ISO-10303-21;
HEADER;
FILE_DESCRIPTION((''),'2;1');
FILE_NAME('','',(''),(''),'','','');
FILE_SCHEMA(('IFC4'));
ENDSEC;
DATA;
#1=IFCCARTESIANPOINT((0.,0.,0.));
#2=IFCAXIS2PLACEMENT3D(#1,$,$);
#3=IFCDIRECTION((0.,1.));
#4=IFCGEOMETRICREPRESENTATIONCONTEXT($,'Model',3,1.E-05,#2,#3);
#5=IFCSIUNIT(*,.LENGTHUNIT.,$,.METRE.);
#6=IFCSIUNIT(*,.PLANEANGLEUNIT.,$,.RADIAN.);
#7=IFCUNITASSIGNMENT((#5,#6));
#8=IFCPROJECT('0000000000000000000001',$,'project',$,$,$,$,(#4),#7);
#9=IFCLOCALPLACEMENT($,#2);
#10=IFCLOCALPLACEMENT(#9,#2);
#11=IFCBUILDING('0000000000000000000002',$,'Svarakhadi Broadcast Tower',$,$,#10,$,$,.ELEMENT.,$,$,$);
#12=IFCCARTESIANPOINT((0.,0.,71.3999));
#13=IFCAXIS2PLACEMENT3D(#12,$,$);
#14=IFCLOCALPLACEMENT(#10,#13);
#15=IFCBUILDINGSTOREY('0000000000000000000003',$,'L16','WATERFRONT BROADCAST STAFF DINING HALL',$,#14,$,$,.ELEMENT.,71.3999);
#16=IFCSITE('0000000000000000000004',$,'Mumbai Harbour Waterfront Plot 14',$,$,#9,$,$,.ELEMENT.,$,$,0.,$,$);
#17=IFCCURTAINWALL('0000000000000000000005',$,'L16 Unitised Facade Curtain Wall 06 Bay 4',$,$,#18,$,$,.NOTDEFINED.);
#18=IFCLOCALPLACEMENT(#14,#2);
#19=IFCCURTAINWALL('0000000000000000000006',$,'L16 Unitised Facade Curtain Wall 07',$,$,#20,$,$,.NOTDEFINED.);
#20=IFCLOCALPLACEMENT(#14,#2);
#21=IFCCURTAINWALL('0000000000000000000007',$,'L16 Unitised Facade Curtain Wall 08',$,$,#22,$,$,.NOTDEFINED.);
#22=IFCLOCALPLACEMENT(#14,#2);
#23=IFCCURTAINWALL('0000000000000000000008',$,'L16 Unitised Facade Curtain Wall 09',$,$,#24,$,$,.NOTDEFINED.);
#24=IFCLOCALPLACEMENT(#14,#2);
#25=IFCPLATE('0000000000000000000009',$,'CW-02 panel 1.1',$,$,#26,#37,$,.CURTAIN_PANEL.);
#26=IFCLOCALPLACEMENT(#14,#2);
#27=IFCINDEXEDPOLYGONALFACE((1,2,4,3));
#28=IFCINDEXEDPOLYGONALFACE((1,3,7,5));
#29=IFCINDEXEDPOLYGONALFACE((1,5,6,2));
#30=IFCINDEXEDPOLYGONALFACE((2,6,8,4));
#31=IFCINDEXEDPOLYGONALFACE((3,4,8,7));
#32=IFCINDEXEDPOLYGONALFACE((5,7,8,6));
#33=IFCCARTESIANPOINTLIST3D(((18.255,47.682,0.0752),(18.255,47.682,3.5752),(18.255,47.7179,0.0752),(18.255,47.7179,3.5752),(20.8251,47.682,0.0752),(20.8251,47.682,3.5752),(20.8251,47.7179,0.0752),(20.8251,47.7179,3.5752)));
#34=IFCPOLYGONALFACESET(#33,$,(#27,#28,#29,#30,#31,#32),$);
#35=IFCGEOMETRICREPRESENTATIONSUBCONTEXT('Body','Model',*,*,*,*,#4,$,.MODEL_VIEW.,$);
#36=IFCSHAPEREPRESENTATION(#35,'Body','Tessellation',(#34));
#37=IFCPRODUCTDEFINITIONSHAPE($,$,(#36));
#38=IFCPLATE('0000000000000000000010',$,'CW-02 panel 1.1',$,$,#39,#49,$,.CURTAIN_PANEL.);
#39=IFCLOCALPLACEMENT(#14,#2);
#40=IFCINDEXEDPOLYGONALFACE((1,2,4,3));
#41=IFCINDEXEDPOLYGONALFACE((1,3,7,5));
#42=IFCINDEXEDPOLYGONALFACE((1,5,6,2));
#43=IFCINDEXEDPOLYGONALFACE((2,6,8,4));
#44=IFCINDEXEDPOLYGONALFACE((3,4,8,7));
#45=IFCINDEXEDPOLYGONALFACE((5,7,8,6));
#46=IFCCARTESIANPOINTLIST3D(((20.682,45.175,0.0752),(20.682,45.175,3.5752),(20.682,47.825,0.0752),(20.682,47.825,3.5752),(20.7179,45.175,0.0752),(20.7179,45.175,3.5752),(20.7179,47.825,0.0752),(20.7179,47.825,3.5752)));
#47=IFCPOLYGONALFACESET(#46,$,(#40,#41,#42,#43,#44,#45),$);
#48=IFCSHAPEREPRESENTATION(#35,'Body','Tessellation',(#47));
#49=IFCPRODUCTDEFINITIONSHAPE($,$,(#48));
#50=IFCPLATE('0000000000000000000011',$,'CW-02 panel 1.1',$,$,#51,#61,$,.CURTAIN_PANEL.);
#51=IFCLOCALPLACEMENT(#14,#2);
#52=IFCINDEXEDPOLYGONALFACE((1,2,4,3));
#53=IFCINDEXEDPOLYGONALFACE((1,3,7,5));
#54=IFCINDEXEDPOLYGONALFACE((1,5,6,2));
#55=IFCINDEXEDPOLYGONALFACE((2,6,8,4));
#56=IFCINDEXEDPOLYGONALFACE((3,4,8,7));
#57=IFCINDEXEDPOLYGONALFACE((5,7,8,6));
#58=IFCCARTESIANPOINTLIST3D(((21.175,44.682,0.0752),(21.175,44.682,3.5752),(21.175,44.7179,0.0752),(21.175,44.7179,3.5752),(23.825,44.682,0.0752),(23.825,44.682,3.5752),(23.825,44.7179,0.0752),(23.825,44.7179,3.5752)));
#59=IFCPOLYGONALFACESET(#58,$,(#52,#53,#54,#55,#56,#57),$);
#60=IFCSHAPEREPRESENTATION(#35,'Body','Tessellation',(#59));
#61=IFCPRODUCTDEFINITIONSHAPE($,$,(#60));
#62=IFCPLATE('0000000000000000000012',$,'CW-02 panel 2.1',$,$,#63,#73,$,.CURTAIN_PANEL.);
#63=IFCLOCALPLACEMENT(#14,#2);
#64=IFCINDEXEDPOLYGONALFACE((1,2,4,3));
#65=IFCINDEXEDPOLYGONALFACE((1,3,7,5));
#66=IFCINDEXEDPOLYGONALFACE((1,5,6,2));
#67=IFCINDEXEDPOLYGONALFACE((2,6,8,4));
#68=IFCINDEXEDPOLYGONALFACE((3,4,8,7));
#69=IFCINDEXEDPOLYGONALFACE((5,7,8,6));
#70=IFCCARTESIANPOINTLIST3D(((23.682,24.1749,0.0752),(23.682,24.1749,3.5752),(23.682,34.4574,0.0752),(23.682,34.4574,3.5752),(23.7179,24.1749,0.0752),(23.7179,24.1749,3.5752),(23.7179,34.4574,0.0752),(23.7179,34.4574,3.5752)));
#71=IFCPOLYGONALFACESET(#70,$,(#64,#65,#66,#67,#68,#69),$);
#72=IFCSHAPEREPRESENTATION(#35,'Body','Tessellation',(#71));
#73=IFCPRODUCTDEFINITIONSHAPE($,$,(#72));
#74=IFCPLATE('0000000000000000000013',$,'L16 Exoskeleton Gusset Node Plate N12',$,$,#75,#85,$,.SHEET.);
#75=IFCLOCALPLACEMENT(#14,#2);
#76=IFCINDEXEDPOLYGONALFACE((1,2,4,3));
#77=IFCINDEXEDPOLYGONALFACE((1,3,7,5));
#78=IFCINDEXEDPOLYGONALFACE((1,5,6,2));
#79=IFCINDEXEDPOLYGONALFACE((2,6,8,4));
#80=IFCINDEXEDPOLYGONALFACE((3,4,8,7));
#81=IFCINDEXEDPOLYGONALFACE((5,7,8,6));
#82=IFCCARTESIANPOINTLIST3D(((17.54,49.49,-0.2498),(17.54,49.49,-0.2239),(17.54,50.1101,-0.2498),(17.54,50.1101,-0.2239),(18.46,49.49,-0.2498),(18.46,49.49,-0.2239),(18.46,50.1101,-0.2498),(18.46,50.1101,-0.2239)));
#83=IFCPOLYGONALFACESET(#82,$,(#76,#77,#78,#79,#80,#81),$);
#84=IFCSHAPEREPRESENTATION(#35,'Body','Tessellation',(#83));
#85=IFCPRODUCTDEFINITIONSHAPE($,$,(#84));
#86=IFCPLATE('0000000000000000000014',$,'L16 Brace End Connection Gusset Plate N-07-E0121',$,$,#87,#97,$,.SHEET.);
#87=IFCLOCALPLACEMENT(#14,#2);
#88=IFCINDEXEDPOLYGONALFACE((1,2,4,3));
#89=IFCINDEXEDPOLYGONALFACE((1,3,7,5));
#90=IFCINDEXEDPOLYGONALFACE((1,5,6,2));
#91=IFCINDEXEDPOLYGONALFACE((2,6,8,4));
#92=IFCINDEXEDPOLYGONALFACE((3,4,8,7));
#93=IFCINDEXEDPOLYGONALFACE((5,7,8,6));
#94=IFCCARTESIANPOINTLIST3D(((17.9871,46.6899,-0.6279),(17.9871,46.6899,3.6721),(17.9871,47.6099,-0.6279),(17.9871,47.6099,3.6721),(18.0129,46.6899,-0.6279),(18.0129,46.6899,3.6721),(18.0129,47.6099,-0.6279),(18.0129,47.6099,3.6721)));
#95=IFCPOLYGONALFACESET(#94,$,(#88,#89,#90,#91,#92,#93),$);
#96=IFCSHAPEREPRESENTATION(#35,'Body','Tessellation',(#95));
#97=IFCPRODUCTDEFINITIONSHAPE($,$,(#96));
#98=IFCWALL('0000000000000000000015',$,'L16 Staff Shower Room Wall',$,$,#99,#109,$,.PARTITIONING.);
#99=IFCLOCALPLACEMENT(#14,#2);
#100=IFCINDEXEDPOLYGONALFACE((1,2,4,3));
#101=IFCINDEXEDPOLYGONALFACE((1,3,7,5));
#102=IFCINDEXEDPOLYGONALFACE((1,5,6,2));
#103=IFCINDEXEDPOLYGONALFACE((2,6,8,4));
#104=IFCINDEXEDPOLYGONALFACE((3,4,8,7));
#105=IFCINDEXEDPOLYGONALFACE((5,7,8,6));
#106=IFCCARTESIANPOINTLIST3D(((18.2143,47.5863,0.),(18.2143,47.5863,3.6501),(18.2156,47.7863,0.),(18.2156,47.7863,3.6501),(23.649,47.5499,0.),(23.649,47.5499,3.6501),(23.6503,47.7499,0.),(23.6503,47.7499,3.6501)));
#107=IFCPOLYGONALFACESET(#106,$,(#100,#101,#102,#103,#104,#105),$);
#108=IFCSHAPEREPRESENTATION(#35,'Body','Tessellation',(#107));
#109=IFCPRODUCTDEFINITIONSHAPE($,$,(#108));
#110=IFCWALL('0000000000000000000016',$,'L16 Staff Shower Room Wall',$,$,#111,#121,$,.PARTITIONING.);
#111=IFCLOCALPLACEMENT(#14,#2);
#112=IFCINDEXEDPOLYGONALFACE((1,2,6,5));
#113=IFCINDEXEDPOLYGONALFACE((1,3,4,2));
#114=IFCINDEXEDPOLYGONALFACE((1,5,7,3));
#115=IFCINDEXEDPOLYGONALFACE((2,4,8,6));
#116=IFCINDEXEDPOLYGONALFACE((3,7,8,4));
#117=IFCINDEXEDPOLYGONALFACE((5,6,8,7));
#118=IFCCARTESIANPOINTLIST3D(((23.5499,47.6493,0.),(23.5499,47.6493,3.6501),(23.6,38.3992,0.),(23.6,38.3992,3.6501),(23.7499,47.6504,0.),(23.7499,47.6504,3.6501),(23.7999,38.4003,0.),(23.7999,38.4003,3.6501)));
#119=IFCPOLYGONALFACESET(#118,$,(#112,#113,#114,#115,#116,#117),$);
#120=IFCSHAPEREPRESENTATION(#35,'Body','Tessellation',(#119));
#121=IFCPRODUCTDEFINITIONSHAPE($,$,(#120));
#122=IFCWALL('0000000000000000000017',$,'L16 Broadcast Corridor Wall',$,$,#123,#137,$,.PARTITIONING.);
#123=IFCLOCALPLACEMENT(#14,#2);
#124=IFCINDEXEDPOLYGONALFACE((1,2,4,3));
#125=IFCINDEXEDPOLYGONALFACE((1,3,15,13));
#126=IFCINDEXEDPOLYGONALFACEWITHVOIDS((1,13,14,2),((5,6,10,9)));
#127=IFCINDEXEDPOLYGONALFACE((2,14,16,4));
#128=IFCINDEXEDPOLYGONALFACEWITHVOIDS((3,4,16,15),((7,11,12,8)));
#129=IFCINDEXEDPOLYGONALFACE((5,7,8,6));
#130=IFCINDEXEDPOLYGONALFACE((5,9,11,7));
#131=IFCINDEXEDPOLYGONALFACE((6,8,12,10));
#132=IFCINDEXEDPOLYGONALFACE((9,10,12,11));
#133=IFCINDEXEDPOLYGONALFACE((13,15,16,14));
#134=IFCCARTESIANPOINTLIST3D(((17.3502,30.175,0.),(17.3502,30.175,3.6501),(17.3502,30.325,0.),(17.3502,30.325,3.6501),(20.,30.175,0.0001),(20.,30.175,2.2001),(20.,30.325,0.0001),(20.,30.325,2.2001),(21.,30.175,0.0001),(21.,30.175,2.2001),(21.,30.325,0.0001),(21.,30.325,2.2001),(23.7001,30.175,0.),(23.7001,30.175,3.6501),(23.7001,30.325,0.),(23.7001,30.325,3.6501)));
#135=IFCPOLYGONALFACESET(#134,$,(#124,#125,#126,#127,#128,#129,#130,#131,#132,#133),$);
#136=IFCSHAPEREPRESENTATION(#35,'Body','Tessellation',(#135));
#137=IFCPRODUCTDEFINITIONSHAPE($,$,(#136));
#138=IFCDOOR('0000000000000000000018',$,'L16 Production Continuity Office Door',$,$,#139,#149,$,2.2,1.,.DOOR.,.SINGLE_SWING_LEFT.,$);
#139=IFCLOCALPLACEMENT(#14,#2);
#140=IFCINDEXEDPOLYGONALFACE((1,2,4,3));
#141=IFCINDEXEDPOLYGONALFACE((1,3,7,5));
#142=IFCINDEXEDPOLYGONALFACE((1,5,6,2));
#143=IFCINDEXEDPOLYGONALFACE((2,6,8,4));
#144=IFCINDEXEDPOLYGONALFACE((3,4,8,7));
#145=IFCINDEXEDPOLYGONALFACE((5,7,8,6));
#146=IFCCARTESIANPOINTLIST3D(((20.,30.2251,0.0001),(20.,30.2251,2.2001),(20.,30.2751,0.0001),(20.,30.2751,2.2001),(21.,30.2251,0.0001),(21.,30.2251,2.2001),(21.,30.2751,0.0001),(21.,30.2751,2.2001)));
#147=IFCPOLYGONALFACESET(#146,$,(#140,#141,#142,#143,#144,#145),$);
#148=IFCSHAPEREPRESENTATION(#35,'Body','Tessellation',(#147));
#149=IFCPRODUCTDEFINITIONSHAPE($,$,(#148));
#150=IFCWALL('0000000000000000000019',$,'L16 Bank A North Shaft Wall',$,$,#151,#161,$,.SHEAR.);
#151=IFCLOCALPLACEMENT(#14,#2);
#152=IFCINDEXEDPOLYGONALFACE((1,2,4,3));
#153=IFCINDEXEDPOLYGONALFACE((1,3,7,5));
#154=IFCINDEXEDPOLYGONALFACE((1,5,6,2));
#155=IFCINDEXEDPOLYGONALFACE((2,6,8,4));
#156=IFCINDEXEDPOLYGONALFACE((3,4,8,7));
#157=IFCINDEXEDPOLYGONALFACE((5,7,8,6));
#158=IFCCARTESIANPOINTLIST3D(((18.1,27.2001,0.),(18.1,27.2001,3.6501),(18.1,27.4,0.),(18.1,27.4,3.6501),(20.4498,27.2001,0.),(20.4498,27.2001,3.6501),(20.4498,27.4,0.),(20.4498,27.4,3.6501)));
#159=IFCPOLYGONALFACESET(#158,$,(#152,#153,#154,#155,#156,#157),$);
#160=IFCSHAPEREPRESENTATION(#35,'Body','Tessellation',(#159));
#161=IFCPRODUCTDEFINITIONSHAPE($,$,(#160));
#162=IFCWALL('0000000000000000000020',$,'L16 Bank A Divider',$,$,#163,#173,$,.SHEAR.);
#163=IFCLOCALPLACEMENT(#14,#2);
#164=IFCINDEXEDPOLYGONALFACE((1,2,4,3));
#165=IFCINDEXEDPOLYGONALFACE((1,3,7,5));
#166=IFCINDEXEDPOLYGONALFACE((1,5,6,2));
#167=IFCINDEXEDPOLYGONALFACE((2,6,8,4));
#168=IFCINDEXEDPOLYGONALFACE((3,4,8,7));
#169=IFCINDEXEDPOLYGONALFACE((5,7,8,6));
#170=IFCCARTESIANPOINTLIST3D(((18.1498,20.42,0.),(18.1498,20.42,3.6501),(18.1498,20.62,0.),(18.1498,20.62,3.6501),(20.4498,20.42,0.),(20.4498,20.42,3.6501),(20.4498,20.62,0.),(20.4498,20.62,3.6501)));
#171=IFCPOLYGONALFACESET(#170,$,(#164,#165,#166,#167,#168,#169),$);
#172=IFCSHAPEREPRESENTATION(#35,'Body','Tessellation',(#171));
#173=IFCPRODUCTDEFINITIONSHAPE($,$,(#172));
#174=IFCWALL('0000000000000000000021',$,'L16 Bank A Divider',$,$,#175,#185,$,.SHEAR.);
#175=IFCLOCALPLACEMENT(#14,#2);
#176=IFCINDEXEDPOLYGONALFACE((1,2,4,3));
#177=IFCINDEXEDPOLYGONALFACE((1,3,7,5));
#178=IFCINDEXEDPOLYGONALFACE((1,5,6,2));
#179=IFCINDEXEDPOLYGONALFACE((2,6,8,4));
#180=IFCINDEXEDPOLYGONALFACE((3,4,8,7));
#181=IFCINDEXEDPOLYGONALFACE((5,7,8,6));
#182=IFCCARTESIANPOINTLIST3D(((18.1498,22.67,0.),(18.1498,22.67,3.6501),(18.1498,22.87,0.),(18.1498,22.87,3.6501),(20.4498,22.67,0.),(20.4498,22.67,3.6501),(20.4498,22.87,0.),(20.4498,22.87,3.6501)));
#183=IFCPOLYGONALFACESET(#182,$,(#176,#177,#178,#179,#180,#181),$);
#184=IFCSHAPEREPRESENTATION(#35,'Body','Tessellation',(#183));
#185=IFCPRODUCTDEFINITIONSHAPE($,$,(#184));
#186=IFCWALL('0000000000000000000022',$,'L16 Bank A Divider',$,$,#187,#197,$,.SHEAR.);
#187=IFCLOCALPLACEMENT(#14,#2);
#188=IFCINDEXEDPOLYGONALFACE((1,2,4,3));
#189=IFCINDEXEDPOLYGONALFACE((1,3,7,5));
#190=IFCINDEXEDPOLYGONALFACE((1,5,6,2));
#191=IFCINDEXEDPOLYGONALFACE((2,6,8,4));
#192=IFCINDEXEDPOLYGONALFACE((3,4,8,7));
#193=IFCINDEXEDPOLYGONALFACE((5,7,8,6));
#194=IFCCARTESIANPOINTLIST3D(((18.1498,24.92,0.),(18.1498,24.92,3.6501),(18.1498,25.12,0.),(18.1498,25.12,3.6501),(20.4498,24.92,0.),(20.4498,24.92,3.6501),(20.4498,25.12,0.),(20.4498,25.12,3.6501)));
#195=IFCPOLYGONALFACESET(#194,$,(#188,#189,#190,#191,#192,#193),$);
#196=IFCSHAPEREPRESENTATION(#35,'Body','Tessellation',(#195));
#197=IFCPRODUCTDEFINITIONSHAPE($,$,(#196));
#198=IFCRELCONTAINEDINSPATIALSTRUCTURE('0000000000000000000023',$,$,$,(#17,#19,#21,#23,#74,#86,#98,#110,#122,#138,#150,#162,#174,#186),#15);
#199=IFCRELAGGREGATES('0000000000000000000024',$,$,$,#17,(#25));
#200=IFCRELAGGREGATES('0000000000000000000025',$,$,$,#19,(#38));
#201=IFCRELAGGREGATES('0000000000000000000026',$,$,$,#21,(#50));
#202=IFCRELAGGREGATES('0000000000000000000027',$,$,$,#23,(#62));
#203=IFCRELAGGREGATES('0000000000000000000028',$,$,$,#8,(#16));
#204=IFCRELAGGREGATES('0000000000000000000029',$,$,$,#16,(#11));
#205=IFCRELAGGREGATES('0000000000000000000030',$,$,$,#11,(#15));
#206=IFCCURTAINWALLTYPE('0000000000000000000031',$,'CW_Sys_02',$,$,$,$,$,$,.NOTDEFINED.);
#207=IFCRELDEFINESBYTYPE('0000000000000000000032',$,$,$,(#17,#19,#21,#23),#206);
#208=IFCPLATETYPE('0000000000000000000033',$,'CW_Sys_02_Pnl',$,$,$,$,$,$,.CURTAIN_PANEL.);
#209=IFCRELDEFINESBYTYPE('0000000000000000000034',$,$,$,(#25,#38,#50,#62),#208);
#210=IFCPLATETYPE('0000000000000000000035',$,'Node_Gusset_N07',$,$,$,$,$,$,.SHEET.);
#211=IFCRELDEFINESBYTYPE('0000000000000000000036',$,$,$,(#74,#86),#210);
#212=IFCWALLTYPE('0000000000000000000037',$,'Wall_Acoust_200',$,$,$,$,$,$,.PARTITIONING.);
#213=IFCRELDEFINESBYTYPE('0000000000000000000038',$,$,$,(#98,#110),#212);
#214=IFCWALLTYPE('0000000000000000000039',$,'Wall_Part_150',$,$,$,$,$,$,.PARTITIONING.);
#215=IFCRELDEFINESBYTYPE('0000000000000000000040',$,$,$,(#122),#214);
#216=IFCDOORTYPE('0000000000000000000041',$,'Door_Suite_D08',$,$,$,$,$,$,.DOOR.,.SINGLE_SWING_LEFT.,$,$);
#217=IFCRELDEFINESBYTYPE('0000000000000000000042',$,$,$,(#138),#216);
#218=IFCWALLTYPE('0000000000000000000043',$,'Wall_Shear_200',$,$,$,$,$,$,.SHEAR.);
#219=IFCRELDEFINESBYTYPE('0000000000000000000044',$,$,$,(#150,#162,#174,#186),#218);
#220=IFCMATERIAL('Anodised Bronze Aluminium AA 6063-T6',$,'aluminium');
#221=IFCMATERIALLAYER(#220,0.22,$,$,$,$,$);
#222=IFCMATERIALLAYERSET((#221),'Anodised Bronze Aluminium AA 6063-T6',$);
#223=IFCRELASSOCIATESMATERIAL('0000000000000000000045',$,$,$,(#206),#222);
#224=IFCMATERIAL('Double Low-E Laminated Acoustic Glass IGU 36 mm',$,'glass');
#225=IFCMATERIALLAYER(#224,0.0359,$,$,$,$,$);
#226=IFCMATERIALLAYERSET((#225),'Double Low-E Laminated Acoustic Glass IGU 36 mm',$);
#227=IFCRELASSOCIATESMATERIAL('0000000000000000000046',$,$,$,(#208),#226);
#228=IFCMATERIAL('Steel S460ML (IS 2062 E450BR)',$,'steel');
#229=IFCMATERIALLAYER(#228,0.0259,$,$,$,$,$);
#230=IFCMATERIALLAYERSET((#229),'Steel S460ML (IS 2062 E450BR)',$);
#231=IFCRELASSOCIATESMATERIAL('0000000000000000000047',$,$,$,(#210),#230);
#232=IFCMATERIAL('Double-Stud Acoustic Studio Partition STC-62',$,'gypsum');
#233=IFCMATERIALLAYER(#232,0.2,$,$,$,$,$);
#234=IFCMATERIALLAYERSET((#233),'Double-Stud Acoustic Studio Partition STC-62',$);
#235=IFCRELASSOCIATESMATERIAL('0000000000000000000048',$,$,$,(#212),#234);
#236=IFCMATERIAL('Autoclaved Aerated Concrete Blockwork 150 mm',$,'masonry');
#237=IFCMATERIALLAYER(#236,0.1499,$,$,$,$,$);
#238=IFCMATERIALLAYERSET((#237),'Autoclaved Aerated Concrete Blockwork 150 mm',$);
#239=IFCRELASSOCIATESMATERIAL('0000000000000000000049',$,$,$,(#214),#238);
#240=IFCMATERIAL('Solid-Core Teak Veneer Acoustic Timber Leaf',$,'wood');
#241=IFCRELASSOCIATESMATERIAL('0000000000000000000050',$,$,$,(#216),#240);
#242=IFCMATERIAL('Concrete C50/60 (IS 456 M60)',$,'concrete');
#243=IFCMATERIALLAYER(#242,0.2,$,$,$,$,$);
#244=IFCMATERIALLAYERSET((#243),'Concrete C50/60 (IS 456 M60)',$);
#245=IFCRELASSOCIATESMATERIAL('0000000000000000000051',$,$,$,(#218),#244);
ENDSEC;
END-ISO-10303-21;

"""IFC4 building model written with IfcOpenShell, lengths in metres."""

from ifc_helpers import new_model, si_unit, direction, frame, frame_2d, origin, origin_2d, place, context, subcontext, project, spatial, rectangle, extrude, material, layer, layer_set, type_object, element, fill, aggregate, save


model = new_model("IFC4")

# Units and contexts
model_context = context("Model", 3, precision=1e-05, world=origin(), true_north=direction((0.0, 1.0)))
body_context = subcontext(model_context, "Body", "Model", "MODEL_VIEW")
ifc_project = project(units=[si_unit("LENGTHUNIT", "METRE"), si_unit("PLANEANGLEUNIT", "RADIAN")], contexts=[model_context])

# Site, building, storey
site_placement = place(None, origin())
site = spatial("IfcSite", under=ifc_project, at=site_placement, Name="Mumbai Harbour Waterfront Plot 14", CompositionType="ELEMENT", RefElevation=0.0)
building_placement = place(site_placement, origin())
building = spatial("IfcBuilding", under=site, at=building_placement, Name="Svarakhadi Broadcast Tower", CompositionType="ELEMENT")
storey_placement = place(building_placement, frame((0.0, 0.0, 71.3999)))
storey = spatial("IfcBuildingStorey", under=building, at=storey_placement, Name="L16", Description="WATERFRONT BROADCAST STAFF DINING HALL", CompositionType="ELEMENT", Elevation=71.3999)

# Curtain walls
ifc_material_1 = material(Name="Anodised Bronze Aluminium AA 6063-T6", Category="aluminium")
ifc_layer_1 = layer(ifc_material_1, 0.22)
ifc_layer_set_1 = layer_set([ifc_layer_1], Name="Anodised Bronze Aluminium AA 6063-T6")
curtain_wall_type = type_object("IfcCurtainWallType", Name="CW_Sys_02", PredefinedType="NOTDEFINED", material=ifc_layer_set_1)
curtain_wall_1_placement = place(storey_placement, origin())
curtain_wall_1 = element("IfcCurtainWall", 1, at=curtain_wall_1_placement, inside=storey, type_object=curtain_wall_type, Name="L16 Unitised Facade Curtain Wall 06 Bay 4", PredefinedType="NOTDEFINED")
curtain_wall_2_placement = place(storey_placement, origin())
curtain_wall_2 = element("IfcCurtainWall", 2, at=curtain_wall_2_placement, inside=storey, type_object=curtain_wall_type, Name="L16 Unitised Facade Curtain Wall 07", PredefinedType="NOTDEFINED")

# Curtain wall
curtain_wall_3_placement = place(storey_placement, origin())
curtain_wall_3 = element("IfcCurtainWall", 3, at=curtain_wall_3_placement, inside=storey, type_object=curtain_wall_type, Name="L16 Unitised Facade Curtain Wall 08", PredefinedType="NOTDEFINED")

# Curtain wall
curtain_wall_4_placement = place(storey_placement, origin())
curtain_wall_4 = element("IfcCurtainWall", 4, at=curtain_wall_4_placement, inside=storey, type_object=curtain_wall_type, Name="L16 Unitised Facade Curtain Wall 09", PredefinedType="NOTDEFINED")

# Shared definitions
ifc_material_2 = material(Name="Steel S460ML (IS 2062 E450BR)", Category="steel")

# Plates
ifc_material_3 = material(Name="Double Low-E Laminated Acoustic Glass IGU 36 mm", Category="glass")
ifc_layer_2 = layer(ifc_material_3, 0.0359)
ifc_layer_set_2 = layer_set([ifc_layer_2], Name="Double Low-E Laminated Acoustic Glass IGU 36 mm")
plate_type_1 = type_object("IfcPlateType", Name="CW_Sys_02_Pnl", PredefinedType="CURTAIN_PANEL", material=ifc_layer_set_2)
plate_1_placement = place(storey_placement, frame((19.54, 47.7, 0.0752), z_axis=(0.0, 0.0, 1.0), x_axis=(1.0, 0.0, 0.0)))
plate_1 = element("IfcPlate", 5, at=plate_1_placement, type_object=plate_type_1, Name="CW-02 panel 1.1", PredefinedType="CURTAIN_PANEL", context=body_context, shape_type="SweptSolid", body=[
    extrude(rectangle(XDim=2.5701, YDim=0.0359, at=origin_2d()), origin(), (0.0, 0.0, 1.0), 3.5),
])
aggregate(curtain_wall_1, [plate_1])
plate_2_placement = place(storey_placement, frame((20.7, 46.5, 0.0752), z_axis=(0.0, 0.0, 1.0), x_axis=(0.0, -1.0, 0.0)))
plate_2 = element("IfcPlate", 6, at=plate_2_placement, type_object=plate_type_1, Name="CW-02 panel 1.1", PredefinedType="CURTAIN_PANEL", context=body_context, shape_type="SweptSolid", body=[
    extrude(rectangle(XDim=2.6499, YDim=0.0359, at=origin_2d()), origin(), (0.0, 0.0, 1.0), 3.5),
])
aggregate(curtain_wall_2, [plate_2])
plate_3_placement = place(storey_placement, frame((22.5, 44.7, 0.0752), z_axis=(0.0, 0.0, 1.0), x_axis=(1.0, 0.0, 0.0)))
plate_3 = element("IfcPlate", 7, at=plate_3_placement, type_object=plate_type_1, Name="CW-02 panel 1.1", PredefinedType="CURTAIN_PANEL", context=body_context, shape_type="SweptSolid", body=[
    extrude(rectangle(XDim=2.6499, YDim=0.0359, at=origin_2d()), origin(), (0.0, 0.0, 1.0), 3.5),
])
aggregate(curtain_wall_3, [plate_3])
plate_4_placement = place(storey_placement, frame((23.7, 29.3162, 0.0752), z_axis=(0.0, 0.0, 1.0), x_axis=(0.0, -1.0, 0.0)))
plate_4 = element("IfcPlate", 8, at=plate_4_placement, type_object=plate_type_1, Name="CW-02 panel 2.1", PredefinedType="CURTAIN_PANEL", context=body_context, shape_type="SweptSolid", body=[
    extrude(rectangle(XDim=10.2825, YDim=0.0359, at=origin_2d()), origin(), (0.0, 0.0, 1.0), 3.5),
])
aggregate(curtain_wall_4, [plate_4])

# Plates
ifc_layer_3 = layer(ifc_material_2, 0.0259)
ifc_layer_set_3 = layer_set([ifc_layer_3], Name="Steel S460ML (IS 2062 E450BR)")
plate_type_2 = type_object("IfcPlateType", Name="Node_Gusset_N07", PredefinedType="SHEET", material=ifc_layer_set_3)
plate_5_placement = place(storey_placement, frame((18.0, 49.8, -0.2498), z_axis=(0.0, 0.0, 1.0), x_axis=(1.0, 0.0, 0.0)))
element("IfcPlate", 9, at=plate_5_placement, inside=storey, type_object=plate_type_2, Name="L16 Exoskeleton Gusset Node Plate N12", PredefinedType="SHEET", context=body_context, shape_type="SweptSolid", body=[
    extrude(rectangle(XDim=0.9199, YDim=0.6201, at=origin_2d()), origin(), (0.0, 0.0, 1.0), 0.0259),
])
plate_6_placement = place(storey_placement, frame((18.0, 47.1499, -0.6279), z_axis=(0.0, 0.0, 1.0), x_axis=(0.0, 1.0, 0.0)))
element("IfcPlate", 10, at=plate_6_placement, inside=storey, type_object=plate_type_2, Name="L16 Brace End Connection Gusset Plate N-07-E0121", PredefinedType="SHEET", context=body_context, shape_type="SweptSolid", body=[
    extrude(rectangle(XDim=0.9199, YDim=0.0259, at=origin_2d()), origin(), (0.0, 0.0, 1.0), 4.3),
])

# Walls
ifc_material_4 = material(Name="Double-Stud Acoustic Studio Partition STC-62", Category="gypsum")
ifc_layer_4 = layer(ifc_material_4, 0.2)
ifc_layer_set_4 = layer_set([ifc_layer_4], Name="Double-Stud Acoustic Studio Partition STC-62")
wall_type_1 = type_object("IfcWallType", Name="Wall_Acoust_200", PredefinedType="PARTITIONING", material=ifc_layer_set_4)
wall_1_placement = place(storey_placement, frame((18.2151, 47.6863, 0.0), z_axis=(0.0, 0.0, 1.0), x_axis=(0.999978, -0.006693, 0.0)))
element("IfcWall", 11, at=wall_1_placement, inside=storey, type_object=wall_type_1, Name="L16 Staff Shower Room Wall", PredefinedType="PARTITIONING", context=body_context, shape_type="SweptSolid", body=[
    extrude(rectangle(XDim=5.4348, YDim=0.2, at=frame_2d((2.7173, 0.0))), origin(), (0.0, 0.0, 1.0), 3.6501),
])
wall_2_placement = place(storey_placement, frame((23.7, 38.3999, 0.0), z_axis=(0.0, 0.0, 1.0), x_axis=(-0.005411, 0.999985, 0.0)))
element("IfcWall", 12, at=wall_2_placement, inside=storey, type_object=wall_type_1, Name="L16 Staff Shower Room Wall", PredefinedType="PARTITIONING", context=body_context, shape_type="SweptSolid", body=[
    extrude(rectangle(XDim=9.2502, YDim=0.2, at=frame_2d((4.625, 0.0))), origin(), (0.0, 0.0, 1.0), 3.6501),
])

# Wall, opening, door
ifc_material_5 = material(Name="Autoclaved Aerated Concrete Blockwork 150 mm", Category="masonry")
ifc_layer_5 = layer(ifc_material_5, 0.1499)
ifc_layer_set_5 = layer_set([ifc_layer_5], Name="Autoclaved Aerated Concrete Blockwork 150 mm")
wall_type_2 = type_object("IfcWallType", Name="Wall_Part_150", PredefinedType="PARTITIONING", material=ifc_layer_set_5)
wall_3_placement = place(storey_placement, frame((23.7, 30.25, 0.0), z_axis=(0.0, 0.0, 1.0), x_axis=(-1.0, 0.0, 0.0)))
wall_3 = element("IfcWall", 13, at=wall_3_placement, inside=storey, type_object=wall_type_2, Name="L16 Broadcast Corridor Wall", PredefinedType="PARTITIONING", context=body_context, shape_type="SweptSolid", body=[
    extrude(rectangle(XDim=6.3499, YDim=0.1499, at=frame_2d((3.1748, 0.0))), origin(), (0.0, 0.0, 1.0), 3.6501),
])
opening_placement = place(wall_3_placement, frame((2.7, 0.0, 0.0)))
opening = element("IfcOpeningElement", 14, at=opening_placement, cuts=wall_3, PredefinedType="OPENING", context=body_context, shape_type="SweptSolid", body=[
    extrude(rectangle(XDim=1.0, YDim=2.2, at=frame_2d((0.5, 1.1001))), frame((0.0, 0.085, 0.0), z_axis=(0.0, -1.0, 0.0), x_axis=(1.0, 0.0, 0.0)), (0.0, 0.0, 1.0), 0.1699),
])
ifc_material_6 = material(Name="Solid-Core Teak Veneer Acoustic Timber Leaf", Category="wood")
door_type = type_object("IfcDoorType", Name="Door_Suite_D08", OperationType="SINGLE_SWING_LEFT", PredefinedType="DOOR", material=ifc_material_6)
door_placement = place(opening_placement, origin())
door = element("IfcDoor", 15, at=door_placement, inside=storey, type_object=door_type, Name="L16 Production Continuity Office Door", OperationType="SINGLE_SWING_LEFT", OverallHeight=2.2, OverallWidth=1.0, PredefinedType="DOOR", context=body_context, shape_type="SweptSolid", body=[
    extrude(rectangle(XDim=1.0, YDim=2.2, at=frame_2d((0.5, 1.1001))), frame((0.0, 0.0249, 0.0), z_axis=(0.0, -1.0, 0.0), x_axis=(1.0, 0.0, 0.0)), (0.0, 0.0, 1.0), 0.05),
])
fill(opening, door)

# Walls
ifc_material_7 = material(Name="Concrete C50/60 (IS 456 M60)", Category="concrete")
ifc_layer_6 = layer(ifc_material_7, 0.2)
ifc_layer_set_6 = layer_set([ifc_layer_6], Name="Concrete C50/60 (IS 456 M60)")
wall_type_3 = type_object("IfcWallType", Name="Wall_Shear_200", PredefinedType="SHEAR", material=ifc_layer_set_6)
wall_4_placement = place(storey_placement, frame((18.1001, 27.3, 0.0), z_axis=(0.0, 0.0, 1.0), x_axis=(1.0, 0.0, 0.0)))
element("IfcWall", 16, at=wall_4_placement, inside=storey, type_object=wall_type_3, Name="L16 Bank A North Shaft Wall", PredefinedType="SHEAR", context=body_context, shape_type="SweptSolid", body=[
    extrude(rectangle(XDim=2.3499, YDim=0.2, at=frame_2d((1.1748, 0.0))), origin(), (0.0, 0.0, 1.0), 3.6501),
])
for number, where, z_axis, x_axis, name in (
    (17, (18.1499, 20.52, 0.0), (0.0, 0.0, 1.0), (1.0, 0.0, 0.0), "L16 Bank A Divider"),
    (18, (18.1499, 22.77, 0.0), (0.0, 0.0, 1.0), (1.0, 0.0, 0.0), "L16 Bank A Divider"),
    (19, (18.1499, 25.02, 0.0), (0.0, 0.0, 1.0), (1.0, 0.0, 0.0), "L16 Bank A Divider"),
):
    element("IfcWall", number, at=place(storey_placement, frame(where, z_axis=z_axis, x_axis=x_axis)), inside=storey, type_object=wall_type_3, Name=name, PredefinedType="SHEAR", context=body_context, shape_type="SweptSolid", body=[
        extrude(rectangle(XDim=2.3, YDim=0.2, at=frame_2d((1.1499, 0.0))), origin(), (0.0, 0.0, 1.0), 3.6501),
    ])

save(model, "model.ifc")
